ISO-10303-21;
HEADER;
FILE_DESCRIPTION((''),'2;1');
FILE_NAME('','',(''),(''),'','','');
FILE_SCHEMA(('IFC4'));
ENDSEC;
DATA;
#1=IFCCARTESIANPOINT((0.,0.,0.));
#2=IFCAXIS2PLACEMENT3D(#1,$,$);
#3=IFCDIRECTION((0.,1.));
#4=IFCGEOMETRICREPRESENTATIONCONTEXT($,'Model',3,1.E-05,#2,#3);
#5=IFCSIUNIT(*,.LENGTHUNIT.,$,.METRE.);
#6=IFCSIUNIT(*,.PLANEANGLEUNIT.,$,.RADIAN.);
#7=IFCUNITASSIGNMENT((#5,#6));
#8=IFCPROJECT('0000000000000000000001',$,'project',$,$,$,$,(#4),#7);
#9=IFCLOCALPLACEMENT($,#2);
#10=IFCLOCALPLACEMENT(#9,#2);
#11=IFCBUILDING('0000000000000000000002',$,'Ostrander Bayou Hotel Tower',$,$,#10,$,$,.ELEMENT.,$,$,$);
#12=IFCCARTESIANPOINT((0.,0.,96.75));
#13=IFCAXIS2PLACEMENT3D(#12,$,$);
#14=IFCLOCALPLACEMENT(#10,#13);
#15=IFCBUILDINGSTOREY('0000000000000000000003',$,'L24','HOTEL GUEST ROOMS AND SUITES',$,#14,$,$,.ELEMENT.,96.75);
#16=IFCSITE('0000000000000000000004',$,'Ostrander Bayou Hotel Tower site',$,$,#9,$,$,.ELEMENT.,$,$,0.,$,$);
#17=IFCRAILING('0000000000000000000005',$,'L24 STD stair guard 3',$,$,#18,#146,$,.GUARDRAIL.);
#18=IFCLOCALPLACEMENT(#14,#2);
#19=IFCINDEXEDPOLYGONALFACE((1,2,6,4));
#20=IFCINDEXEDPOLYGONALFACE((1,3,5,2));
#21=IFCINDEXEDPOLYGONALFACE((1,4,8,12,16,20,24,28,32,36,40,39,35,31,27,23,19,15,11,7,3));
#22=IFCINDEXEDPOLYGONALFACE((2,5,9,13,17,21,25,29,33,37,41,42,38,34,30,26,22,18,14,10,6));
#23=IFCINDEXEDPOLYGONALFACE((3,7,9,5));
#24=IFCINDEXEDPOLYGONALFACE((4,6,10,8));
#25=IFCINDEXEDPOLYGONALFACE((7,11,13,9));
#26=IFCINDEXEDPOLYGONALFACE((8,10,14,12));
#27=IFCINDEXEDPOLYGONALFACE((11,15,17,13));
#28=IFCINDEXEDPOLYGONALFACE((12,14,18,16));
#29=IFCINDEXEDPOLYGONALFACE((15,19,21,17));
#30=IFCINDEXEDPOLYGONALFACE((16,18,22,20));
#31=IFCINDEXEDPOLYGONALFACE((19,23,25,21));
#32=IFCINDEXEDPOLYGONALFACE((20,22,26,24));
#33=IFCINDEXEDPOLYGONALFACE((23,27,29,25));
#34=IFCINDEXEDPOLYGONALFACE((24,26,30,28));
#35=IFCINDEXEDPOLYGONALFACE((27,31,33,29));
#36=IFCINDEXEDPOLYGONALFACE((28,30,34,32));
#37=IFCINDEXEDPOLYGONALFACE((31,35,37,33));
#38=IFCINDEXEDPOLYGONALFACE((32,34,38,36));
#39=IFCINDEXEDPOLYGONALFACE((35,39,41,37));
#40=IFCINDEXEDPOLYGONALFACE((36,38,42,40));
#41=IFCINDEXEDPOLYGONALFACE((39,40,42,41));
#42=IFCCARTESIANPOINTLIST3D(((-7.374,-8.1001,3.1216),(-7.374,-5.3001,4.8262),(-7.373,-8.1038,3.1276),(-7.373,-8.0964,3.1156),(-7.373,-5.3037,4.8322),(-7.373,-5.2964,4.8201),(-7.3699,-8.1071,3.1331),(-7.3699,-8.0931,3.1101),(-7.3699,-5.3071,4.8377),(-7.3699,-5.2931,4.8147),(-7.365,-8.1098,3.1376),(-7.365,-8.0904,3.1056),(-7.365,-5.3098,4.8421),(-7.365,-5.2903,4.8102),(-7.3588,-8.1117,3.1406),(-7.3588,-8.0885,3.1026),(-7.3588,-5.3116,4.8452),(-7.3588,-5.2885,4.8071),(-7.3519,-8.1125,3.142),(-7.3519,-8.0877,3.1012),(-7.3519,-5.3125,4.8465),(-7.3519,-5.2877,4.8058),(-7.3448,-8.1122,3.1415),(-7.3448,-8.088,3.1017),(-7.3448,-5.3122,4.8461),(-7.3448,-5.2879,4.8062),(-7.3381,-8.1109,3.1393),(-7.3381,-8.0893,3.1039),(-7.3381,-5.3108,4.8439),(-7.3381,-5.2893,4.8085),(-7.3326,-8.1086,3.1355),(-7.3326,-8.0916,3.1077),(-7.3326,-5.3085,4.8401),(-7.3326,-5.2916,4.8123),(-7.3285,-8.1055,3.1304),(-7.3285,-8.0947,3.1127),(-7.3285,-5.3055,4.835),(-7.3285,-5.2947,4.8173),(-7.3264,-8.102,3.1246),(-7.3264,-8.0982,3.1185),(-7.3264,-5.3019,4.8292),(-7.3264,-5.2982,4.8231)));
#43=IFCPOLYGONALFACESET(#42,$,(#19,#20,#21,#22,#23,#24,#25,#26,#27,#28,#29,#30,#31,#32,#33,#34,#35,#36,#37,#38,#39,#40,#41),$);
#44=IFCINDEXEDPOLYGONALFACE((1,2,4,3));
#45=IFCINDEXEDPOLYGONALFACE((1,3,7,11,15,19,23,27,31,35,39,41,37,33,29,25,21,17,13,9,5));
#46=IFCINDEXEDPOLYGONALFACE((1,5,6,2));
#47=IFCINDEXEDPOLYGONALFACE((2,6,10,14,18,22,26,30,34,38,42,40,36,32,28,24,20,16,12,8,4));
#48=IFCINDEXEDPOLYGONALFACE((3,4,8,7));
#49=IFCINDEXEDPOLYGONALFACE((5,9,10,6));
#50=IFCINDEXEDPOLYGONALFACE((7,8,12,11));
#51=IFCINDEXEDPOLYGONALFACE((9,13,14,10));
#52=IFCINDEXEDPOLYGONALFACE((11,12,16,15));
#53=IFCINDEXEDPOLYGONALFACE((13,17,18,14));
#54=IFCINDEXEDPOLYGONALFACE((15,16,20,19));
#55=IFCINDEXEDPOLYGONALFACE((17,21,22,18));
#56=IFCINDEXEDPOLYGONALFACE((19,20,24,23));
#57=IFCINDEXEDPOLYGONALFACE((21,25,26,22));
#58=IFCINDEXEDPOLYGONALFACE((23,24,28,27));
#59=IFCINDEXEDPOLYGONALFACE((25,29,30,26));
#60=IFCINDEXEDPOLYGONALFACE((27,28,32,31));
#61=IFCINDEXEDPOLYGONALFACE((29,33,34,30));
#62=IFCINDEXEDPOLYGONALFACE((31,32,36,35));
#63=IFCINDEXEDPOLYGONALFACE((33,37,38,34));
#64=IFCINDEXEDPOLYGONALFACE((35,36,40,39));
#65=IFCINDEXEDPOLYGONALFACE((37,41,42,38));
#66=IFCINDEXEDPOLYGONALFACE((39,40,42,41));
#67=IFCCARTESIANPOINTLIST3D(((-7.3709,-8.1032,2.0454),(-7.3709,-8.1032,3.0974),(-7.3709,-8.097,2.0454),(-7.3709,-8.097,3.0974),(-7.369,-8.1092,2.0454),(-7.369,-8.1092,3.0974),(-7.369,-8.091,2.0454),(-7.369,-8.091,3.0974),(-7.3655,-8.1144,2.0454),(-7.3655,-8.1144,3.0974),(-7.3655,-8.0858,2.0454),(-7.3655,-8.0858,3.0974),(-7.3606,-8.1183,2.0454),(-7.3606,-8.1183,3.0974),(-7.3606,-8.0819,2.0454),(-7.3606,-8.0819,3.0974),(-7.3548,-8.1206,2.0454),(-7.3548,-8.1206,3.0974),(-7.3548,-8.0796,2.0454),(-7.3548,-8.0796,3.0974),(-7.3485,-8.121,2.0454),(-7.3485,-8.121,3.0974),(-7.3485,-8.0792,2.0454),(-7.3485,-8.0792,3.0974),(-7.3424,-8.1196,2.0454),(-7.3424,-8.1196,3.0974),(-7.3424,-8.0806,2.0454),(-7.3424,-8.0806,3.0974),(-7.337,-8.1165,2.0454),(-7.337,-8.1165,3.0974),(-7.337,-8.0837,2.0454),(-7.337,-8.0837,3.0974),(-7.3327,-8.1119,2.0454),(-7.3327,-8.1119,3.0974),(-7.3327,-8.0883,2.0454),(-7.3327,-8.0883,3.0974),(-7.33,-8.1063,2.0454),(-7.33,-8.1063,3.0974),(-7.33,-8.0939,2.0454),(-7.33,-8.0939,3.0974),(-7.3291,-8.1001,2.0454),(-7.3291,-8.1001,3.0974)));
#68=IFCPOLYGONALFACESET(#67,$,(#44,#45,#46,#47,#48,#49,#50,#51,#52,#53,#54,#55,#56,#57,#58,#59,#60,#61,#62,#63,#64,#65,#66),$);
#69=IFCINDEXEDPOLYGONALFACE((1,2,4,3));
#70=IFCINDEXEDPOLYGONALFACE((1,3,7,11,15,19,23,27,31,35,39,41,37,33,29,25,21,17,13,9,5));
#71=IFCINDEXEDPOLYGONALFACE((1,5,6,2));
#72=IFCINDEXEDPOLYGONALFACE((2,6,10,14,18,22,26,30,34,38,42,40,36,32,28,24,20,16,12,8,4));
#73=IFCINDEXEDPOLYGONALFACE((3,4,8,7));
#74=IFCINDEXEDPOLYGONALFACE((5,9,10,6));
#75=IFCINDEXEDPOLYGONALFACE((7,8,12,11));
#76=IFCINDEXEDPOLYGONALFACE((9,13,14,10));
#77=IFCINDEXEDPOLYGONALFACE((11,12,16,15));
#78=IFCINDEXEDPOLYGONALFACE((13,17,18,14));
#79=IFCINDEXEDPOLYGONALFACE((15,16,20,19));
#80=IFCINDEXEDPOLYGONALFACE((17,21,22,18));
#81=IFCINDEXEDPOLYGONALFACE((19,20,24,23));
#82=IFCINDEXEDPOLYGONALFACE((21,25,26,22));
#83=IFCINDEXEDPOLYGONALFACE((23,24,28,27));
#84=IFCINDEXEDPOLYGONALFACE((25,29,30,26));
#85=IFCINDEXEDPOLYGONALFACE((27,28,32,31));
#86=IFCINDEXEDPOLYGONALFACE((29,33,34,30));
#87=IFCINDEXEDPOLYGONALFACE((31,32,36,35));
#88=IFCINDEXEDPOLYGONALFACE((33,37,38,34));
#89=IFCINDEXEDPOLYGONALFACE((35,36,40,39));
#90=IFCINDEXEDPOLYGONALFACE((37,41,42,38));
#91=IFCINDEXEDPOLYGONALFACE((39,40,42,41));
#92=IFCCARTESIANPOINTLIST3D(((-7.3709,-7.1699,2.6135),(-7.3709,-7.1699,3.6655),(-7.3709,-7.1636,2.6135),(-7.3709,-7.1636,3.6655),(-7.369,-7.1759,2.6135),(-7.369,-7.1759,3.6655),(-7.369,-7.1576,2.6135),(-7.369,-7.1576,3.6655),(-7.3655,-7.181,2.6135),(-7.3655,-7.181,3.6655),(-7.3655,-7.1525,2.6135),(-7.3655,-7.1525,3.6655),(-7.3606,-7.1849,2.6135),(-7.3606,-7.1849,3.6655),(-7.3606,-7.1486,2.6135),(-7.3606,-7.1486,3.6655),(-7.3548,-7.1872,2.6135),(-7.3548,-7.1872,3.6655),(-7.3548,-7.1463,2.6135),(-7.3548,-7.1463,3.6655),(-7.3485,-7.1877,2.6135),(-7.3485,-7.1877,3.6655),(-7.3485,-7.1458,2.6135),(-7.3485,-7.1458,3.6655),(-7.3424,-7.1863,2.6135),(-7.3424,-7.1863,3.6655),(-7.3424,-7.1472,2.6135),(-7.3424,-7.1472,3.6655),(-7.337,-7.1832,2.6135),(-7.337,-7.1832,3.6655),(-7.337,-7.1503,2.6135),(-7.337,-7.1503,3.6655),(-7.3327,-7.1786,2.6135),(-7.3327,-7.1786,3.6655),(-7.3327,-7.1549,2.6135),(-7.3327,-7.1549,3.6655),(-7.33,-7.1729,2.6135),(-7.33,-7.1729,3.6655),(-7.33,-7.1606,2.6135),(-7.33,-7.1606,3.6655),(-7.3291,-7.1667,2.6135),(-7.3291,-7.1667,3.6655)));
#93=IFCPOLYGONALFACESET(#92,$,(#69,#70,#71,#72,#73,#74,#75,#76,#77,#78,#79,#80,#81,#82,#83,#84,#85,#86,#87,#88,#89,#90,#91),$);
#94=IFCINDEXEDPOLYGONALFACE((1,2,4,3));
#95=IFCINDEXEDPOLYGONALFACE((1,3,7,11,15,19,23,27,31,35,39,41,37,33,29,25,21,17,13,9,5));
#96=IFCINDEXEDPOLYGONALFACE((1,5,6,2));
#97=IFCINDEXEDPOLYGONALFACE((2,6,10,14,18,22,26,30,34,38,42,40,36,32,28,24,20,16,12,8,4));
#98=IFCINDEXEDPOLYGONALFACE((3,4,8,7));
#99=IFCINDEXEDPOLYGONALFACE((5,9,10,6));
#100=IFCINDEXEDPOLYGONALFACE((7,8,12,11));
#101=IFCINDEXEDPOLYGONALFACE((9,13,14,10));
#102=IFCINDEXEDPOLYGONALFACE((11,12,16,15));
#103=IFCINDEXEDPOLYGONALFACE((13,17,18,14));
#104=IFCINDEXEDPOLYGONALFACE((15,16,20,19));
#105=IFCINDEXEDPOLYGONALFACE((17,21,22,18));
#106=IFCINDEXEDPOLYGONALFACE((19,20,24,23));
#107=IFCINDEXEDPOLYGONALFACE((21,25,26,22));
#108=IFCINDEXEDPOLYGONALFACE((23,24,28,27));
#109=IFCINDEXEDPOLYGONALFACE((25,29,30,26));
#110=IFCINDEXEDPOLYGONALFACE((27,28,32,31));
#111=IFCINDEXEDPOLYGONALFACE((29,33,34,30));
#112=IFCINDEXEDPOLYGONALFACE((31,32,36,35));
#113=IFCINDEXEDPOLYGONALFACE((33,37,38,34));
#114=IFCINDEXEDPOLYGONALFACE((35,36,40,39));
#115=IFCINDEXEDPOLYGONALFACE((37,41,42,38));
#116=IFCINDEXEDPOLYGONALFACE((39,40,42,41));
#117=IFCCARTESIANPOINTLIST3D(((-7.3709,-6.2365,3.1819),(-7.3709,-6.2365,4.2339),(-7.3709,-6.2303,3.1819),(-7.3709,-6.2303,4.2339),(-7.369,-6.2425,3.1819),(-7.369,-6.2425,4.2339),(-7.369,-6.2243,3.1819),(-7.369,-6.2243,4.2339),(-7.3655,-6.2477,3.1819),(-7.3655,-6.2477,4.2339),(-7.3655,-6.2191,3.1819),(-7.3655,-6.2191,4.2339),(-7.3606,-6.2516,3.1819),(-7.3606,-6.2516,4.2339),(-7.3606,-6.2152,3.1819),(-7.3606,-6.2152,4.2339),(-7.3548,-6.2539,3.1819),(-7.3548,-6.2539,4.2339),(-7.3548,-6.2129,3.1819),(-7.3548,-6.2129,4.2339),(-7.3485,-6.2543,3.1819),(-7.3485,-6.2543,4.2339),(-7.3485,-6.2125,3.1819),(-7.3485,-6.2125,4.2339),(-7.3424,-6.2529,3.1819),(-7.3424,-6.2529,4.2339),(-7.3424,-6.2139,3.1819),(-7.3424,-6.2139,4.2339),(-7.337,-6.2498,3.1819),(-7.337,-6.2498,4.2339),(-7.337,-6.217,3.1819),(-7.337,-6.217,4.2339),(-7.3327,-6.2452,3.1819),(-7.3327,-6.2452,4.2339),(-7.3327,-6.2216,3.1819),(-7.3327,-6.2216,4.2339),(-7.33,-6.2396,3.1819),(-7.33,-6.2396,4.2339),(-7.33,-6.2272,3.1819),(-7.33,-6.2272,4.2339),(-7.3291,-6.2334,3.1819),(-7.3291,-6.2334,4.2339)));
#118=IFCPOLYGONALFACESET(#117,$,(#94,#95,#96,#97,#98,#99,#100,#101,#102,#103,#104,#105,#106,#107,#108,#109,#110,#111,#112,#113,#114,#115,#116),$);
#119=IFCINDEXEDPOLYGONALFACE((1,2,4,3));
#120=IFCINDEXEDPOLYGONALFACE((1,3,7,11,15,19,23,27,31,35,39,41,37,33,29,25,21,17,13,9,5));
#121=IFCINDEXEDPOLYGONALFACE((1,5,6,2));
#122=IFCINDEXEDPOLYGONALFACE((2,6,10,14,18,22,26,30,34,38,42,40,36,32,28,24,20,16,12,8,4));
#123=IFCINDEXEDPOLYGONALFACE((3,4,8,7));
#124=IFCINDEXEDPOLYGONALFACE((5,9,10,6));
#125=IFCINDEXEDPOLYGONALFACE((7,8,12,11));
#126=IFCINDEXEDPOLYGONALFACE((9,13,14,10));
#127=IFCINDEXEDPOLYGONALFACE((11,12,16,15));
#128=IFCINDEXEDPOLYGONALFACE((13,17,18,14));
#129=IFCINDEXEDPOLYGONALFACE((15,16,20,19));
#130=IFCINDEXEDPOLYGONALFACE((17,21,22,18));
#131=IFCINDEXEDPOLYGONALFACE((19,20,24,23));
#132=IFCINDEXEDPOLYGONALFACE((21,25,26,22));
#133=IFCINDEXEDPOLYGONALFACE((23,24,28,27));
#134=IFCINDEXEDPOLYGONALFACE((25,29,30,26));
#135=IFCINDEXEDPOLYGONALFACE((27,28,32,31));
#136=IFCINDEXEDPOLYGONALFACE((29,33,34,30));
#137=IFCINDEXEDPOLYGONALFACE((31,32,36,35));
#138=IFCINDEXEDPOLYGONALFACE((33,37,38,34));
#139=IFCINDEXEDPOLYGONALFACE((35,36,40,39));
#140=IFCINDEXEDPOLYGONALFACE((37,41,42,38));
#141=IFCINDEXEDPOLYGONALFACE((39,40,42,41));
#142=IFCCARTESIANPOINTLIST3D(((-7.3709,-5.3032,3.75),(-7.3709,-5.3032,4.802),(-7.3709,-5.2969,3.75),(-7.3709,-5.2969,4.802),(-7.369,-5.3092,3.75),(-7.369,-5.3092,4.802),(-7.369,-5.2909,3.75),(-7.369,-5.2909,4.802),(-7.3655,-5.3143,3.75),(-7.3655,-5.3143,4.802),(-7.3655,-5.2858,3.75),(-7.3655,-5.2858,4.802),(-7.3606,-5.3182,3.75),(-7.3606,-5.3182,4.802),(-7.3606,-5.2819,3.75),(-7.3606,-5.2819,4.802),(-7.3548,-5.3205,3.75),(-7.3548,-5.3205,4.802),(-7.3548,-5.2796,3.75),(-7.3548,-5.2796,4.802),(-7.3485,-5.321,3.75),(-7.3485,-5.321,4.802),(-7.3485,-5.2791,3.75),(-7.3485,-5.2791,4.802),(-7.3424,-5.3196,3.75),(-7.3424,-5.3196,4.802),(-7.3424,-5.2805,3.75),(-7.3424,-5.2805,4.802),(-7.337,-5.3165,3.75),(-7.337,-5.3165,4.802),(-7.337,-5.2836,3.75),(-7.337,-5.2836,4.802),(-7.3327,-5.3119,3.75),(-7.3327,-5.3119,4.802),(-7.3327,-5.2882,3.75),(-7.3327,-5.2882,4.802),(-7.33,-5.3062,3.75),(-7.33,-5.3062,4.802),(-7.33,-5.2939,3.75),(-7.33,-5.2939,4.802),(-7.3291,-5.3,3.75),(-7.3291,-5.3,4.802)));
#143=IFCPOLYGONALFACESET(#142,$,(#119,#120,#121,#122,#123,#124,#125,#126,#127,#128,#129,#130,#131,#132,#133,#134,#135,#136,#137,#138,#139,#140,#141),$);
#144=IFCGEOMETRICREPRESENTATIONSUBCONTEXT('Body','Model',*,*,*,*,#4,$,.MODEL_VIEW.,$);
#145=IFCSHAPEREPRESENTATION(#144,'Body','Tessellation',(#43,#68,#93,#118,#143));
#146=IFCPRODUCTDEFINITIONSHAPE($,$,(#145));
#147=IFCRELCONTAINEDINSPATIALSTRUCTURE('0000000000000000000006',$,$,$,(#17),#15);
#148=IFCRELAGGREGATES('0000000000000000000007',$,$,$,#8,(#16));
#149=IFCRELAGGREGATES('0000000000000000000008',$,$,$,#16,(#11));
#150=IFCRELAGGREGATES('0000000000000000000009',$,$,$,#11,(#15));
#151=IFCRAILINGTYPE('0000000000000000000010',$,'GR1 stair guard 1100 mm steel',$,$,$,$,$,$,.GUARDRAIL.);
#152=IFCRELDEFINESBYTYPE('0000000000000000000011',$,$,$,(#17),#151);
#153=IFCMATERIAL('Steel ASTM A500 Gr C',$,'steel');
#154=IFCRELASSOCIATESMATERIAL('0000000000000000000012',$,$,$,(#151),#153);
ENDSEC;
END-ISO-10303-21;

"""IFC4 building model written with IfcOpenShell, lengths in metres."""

from ifc_helpers import new_model, si_unit, direction, frame, origin, origin_2d, place, context, subcontext, project, spatial, circle, extrude, material, type_object, element, save


model = new_model("IFC4")

# Units and contexts
model_context = context("Model", 3, precision=1e-05, world=origin(), true_north=direction((0.0, 1.0)))
body_context = subcontext(model_context, "Body", "Model", "MODEL_VIEW")
ifc_project = project(units=[si_unit("LENGTHUNIT", "METRE"), si_unit("PLANEANGLEUNIT", "RADIAN")], contexts=[model_context])

# Site, building, storey
site_placement = place(None, origin())
site = spatial("IfcSite", under=ifc_project, at=site_placement, Name="Ostrander Bayou Hotel Tower site", CompositionType="ELEMENT", RefElevation=0.0)
building_placement = place(site_placement, origin())
building = spatial("IfcBuilding", under=site, at=building_placement, Name="Ostrander Bayou Hotel Tower", CompositionType="ELEMENT")
storey_placement = place(building_placement, frame((0.0, 0.0, 96.75)))
storey = spatial("IfcBuildingStorey", under=building, at=storey_placement, Name="L24", Description="HOTEL GUEST ROOMS AND SUITES", CompositionType="ELEMENT", Elevation=96.75)

# Railing
ifc_material_1 = material(Name="Steel ASTM A500 Gr C", Category="steel")
railing_type_1 = type_object("IfcRailingType", Name="GR1 stair guard 1100 mm steel", PredefinedType="GUARDRAIL", material=ifc_material_1)
railing_1_placement = place(storey_placement, frame((-7.3501, -8.1001, 2.0454)))
element("IfcRailing", 1, at=railing_1_placement, inside=storey, type_object=railing_type_1, Name="L24 STD stair guard 3", PredefinedType="GUARDRAIL", context=body_context, shape_type="SweptSolid", body=[
    extrude(circle(Radius=0.0239, at=origin_2d()), frame((0.0, 0.0, 1.0762), z_axis=(0.0, 0.85417, 0.519994), x_axis=(-1.0, 0.0, 0.0)), (0.0, 0.0, 1.0), 3.2781),
    extrude(circle(Radius=0.021, at=origin_2d()), origin(), (0.0, 0.0, 1.0), 1.052),
    extrude(circle(Radius=0.021, at=origin_2d()), frame((0.0, 0.9333, 0.5681)), (0.0, 0.0, 1.0), 1.052),
    extrude(circle(Radius=0.021, at=origin_2d()), frame((0.0, 1.8667, 1.1365)), (0.0, 0.0, 1.0), 1.052),
    extrude(circle(Radius=0.021, at=origin_2d()), frame((0.0, 2.8, 1.7046)), (0.0, 0.0, 1.0), 1.052),
])

save(model, "model.ifc")
